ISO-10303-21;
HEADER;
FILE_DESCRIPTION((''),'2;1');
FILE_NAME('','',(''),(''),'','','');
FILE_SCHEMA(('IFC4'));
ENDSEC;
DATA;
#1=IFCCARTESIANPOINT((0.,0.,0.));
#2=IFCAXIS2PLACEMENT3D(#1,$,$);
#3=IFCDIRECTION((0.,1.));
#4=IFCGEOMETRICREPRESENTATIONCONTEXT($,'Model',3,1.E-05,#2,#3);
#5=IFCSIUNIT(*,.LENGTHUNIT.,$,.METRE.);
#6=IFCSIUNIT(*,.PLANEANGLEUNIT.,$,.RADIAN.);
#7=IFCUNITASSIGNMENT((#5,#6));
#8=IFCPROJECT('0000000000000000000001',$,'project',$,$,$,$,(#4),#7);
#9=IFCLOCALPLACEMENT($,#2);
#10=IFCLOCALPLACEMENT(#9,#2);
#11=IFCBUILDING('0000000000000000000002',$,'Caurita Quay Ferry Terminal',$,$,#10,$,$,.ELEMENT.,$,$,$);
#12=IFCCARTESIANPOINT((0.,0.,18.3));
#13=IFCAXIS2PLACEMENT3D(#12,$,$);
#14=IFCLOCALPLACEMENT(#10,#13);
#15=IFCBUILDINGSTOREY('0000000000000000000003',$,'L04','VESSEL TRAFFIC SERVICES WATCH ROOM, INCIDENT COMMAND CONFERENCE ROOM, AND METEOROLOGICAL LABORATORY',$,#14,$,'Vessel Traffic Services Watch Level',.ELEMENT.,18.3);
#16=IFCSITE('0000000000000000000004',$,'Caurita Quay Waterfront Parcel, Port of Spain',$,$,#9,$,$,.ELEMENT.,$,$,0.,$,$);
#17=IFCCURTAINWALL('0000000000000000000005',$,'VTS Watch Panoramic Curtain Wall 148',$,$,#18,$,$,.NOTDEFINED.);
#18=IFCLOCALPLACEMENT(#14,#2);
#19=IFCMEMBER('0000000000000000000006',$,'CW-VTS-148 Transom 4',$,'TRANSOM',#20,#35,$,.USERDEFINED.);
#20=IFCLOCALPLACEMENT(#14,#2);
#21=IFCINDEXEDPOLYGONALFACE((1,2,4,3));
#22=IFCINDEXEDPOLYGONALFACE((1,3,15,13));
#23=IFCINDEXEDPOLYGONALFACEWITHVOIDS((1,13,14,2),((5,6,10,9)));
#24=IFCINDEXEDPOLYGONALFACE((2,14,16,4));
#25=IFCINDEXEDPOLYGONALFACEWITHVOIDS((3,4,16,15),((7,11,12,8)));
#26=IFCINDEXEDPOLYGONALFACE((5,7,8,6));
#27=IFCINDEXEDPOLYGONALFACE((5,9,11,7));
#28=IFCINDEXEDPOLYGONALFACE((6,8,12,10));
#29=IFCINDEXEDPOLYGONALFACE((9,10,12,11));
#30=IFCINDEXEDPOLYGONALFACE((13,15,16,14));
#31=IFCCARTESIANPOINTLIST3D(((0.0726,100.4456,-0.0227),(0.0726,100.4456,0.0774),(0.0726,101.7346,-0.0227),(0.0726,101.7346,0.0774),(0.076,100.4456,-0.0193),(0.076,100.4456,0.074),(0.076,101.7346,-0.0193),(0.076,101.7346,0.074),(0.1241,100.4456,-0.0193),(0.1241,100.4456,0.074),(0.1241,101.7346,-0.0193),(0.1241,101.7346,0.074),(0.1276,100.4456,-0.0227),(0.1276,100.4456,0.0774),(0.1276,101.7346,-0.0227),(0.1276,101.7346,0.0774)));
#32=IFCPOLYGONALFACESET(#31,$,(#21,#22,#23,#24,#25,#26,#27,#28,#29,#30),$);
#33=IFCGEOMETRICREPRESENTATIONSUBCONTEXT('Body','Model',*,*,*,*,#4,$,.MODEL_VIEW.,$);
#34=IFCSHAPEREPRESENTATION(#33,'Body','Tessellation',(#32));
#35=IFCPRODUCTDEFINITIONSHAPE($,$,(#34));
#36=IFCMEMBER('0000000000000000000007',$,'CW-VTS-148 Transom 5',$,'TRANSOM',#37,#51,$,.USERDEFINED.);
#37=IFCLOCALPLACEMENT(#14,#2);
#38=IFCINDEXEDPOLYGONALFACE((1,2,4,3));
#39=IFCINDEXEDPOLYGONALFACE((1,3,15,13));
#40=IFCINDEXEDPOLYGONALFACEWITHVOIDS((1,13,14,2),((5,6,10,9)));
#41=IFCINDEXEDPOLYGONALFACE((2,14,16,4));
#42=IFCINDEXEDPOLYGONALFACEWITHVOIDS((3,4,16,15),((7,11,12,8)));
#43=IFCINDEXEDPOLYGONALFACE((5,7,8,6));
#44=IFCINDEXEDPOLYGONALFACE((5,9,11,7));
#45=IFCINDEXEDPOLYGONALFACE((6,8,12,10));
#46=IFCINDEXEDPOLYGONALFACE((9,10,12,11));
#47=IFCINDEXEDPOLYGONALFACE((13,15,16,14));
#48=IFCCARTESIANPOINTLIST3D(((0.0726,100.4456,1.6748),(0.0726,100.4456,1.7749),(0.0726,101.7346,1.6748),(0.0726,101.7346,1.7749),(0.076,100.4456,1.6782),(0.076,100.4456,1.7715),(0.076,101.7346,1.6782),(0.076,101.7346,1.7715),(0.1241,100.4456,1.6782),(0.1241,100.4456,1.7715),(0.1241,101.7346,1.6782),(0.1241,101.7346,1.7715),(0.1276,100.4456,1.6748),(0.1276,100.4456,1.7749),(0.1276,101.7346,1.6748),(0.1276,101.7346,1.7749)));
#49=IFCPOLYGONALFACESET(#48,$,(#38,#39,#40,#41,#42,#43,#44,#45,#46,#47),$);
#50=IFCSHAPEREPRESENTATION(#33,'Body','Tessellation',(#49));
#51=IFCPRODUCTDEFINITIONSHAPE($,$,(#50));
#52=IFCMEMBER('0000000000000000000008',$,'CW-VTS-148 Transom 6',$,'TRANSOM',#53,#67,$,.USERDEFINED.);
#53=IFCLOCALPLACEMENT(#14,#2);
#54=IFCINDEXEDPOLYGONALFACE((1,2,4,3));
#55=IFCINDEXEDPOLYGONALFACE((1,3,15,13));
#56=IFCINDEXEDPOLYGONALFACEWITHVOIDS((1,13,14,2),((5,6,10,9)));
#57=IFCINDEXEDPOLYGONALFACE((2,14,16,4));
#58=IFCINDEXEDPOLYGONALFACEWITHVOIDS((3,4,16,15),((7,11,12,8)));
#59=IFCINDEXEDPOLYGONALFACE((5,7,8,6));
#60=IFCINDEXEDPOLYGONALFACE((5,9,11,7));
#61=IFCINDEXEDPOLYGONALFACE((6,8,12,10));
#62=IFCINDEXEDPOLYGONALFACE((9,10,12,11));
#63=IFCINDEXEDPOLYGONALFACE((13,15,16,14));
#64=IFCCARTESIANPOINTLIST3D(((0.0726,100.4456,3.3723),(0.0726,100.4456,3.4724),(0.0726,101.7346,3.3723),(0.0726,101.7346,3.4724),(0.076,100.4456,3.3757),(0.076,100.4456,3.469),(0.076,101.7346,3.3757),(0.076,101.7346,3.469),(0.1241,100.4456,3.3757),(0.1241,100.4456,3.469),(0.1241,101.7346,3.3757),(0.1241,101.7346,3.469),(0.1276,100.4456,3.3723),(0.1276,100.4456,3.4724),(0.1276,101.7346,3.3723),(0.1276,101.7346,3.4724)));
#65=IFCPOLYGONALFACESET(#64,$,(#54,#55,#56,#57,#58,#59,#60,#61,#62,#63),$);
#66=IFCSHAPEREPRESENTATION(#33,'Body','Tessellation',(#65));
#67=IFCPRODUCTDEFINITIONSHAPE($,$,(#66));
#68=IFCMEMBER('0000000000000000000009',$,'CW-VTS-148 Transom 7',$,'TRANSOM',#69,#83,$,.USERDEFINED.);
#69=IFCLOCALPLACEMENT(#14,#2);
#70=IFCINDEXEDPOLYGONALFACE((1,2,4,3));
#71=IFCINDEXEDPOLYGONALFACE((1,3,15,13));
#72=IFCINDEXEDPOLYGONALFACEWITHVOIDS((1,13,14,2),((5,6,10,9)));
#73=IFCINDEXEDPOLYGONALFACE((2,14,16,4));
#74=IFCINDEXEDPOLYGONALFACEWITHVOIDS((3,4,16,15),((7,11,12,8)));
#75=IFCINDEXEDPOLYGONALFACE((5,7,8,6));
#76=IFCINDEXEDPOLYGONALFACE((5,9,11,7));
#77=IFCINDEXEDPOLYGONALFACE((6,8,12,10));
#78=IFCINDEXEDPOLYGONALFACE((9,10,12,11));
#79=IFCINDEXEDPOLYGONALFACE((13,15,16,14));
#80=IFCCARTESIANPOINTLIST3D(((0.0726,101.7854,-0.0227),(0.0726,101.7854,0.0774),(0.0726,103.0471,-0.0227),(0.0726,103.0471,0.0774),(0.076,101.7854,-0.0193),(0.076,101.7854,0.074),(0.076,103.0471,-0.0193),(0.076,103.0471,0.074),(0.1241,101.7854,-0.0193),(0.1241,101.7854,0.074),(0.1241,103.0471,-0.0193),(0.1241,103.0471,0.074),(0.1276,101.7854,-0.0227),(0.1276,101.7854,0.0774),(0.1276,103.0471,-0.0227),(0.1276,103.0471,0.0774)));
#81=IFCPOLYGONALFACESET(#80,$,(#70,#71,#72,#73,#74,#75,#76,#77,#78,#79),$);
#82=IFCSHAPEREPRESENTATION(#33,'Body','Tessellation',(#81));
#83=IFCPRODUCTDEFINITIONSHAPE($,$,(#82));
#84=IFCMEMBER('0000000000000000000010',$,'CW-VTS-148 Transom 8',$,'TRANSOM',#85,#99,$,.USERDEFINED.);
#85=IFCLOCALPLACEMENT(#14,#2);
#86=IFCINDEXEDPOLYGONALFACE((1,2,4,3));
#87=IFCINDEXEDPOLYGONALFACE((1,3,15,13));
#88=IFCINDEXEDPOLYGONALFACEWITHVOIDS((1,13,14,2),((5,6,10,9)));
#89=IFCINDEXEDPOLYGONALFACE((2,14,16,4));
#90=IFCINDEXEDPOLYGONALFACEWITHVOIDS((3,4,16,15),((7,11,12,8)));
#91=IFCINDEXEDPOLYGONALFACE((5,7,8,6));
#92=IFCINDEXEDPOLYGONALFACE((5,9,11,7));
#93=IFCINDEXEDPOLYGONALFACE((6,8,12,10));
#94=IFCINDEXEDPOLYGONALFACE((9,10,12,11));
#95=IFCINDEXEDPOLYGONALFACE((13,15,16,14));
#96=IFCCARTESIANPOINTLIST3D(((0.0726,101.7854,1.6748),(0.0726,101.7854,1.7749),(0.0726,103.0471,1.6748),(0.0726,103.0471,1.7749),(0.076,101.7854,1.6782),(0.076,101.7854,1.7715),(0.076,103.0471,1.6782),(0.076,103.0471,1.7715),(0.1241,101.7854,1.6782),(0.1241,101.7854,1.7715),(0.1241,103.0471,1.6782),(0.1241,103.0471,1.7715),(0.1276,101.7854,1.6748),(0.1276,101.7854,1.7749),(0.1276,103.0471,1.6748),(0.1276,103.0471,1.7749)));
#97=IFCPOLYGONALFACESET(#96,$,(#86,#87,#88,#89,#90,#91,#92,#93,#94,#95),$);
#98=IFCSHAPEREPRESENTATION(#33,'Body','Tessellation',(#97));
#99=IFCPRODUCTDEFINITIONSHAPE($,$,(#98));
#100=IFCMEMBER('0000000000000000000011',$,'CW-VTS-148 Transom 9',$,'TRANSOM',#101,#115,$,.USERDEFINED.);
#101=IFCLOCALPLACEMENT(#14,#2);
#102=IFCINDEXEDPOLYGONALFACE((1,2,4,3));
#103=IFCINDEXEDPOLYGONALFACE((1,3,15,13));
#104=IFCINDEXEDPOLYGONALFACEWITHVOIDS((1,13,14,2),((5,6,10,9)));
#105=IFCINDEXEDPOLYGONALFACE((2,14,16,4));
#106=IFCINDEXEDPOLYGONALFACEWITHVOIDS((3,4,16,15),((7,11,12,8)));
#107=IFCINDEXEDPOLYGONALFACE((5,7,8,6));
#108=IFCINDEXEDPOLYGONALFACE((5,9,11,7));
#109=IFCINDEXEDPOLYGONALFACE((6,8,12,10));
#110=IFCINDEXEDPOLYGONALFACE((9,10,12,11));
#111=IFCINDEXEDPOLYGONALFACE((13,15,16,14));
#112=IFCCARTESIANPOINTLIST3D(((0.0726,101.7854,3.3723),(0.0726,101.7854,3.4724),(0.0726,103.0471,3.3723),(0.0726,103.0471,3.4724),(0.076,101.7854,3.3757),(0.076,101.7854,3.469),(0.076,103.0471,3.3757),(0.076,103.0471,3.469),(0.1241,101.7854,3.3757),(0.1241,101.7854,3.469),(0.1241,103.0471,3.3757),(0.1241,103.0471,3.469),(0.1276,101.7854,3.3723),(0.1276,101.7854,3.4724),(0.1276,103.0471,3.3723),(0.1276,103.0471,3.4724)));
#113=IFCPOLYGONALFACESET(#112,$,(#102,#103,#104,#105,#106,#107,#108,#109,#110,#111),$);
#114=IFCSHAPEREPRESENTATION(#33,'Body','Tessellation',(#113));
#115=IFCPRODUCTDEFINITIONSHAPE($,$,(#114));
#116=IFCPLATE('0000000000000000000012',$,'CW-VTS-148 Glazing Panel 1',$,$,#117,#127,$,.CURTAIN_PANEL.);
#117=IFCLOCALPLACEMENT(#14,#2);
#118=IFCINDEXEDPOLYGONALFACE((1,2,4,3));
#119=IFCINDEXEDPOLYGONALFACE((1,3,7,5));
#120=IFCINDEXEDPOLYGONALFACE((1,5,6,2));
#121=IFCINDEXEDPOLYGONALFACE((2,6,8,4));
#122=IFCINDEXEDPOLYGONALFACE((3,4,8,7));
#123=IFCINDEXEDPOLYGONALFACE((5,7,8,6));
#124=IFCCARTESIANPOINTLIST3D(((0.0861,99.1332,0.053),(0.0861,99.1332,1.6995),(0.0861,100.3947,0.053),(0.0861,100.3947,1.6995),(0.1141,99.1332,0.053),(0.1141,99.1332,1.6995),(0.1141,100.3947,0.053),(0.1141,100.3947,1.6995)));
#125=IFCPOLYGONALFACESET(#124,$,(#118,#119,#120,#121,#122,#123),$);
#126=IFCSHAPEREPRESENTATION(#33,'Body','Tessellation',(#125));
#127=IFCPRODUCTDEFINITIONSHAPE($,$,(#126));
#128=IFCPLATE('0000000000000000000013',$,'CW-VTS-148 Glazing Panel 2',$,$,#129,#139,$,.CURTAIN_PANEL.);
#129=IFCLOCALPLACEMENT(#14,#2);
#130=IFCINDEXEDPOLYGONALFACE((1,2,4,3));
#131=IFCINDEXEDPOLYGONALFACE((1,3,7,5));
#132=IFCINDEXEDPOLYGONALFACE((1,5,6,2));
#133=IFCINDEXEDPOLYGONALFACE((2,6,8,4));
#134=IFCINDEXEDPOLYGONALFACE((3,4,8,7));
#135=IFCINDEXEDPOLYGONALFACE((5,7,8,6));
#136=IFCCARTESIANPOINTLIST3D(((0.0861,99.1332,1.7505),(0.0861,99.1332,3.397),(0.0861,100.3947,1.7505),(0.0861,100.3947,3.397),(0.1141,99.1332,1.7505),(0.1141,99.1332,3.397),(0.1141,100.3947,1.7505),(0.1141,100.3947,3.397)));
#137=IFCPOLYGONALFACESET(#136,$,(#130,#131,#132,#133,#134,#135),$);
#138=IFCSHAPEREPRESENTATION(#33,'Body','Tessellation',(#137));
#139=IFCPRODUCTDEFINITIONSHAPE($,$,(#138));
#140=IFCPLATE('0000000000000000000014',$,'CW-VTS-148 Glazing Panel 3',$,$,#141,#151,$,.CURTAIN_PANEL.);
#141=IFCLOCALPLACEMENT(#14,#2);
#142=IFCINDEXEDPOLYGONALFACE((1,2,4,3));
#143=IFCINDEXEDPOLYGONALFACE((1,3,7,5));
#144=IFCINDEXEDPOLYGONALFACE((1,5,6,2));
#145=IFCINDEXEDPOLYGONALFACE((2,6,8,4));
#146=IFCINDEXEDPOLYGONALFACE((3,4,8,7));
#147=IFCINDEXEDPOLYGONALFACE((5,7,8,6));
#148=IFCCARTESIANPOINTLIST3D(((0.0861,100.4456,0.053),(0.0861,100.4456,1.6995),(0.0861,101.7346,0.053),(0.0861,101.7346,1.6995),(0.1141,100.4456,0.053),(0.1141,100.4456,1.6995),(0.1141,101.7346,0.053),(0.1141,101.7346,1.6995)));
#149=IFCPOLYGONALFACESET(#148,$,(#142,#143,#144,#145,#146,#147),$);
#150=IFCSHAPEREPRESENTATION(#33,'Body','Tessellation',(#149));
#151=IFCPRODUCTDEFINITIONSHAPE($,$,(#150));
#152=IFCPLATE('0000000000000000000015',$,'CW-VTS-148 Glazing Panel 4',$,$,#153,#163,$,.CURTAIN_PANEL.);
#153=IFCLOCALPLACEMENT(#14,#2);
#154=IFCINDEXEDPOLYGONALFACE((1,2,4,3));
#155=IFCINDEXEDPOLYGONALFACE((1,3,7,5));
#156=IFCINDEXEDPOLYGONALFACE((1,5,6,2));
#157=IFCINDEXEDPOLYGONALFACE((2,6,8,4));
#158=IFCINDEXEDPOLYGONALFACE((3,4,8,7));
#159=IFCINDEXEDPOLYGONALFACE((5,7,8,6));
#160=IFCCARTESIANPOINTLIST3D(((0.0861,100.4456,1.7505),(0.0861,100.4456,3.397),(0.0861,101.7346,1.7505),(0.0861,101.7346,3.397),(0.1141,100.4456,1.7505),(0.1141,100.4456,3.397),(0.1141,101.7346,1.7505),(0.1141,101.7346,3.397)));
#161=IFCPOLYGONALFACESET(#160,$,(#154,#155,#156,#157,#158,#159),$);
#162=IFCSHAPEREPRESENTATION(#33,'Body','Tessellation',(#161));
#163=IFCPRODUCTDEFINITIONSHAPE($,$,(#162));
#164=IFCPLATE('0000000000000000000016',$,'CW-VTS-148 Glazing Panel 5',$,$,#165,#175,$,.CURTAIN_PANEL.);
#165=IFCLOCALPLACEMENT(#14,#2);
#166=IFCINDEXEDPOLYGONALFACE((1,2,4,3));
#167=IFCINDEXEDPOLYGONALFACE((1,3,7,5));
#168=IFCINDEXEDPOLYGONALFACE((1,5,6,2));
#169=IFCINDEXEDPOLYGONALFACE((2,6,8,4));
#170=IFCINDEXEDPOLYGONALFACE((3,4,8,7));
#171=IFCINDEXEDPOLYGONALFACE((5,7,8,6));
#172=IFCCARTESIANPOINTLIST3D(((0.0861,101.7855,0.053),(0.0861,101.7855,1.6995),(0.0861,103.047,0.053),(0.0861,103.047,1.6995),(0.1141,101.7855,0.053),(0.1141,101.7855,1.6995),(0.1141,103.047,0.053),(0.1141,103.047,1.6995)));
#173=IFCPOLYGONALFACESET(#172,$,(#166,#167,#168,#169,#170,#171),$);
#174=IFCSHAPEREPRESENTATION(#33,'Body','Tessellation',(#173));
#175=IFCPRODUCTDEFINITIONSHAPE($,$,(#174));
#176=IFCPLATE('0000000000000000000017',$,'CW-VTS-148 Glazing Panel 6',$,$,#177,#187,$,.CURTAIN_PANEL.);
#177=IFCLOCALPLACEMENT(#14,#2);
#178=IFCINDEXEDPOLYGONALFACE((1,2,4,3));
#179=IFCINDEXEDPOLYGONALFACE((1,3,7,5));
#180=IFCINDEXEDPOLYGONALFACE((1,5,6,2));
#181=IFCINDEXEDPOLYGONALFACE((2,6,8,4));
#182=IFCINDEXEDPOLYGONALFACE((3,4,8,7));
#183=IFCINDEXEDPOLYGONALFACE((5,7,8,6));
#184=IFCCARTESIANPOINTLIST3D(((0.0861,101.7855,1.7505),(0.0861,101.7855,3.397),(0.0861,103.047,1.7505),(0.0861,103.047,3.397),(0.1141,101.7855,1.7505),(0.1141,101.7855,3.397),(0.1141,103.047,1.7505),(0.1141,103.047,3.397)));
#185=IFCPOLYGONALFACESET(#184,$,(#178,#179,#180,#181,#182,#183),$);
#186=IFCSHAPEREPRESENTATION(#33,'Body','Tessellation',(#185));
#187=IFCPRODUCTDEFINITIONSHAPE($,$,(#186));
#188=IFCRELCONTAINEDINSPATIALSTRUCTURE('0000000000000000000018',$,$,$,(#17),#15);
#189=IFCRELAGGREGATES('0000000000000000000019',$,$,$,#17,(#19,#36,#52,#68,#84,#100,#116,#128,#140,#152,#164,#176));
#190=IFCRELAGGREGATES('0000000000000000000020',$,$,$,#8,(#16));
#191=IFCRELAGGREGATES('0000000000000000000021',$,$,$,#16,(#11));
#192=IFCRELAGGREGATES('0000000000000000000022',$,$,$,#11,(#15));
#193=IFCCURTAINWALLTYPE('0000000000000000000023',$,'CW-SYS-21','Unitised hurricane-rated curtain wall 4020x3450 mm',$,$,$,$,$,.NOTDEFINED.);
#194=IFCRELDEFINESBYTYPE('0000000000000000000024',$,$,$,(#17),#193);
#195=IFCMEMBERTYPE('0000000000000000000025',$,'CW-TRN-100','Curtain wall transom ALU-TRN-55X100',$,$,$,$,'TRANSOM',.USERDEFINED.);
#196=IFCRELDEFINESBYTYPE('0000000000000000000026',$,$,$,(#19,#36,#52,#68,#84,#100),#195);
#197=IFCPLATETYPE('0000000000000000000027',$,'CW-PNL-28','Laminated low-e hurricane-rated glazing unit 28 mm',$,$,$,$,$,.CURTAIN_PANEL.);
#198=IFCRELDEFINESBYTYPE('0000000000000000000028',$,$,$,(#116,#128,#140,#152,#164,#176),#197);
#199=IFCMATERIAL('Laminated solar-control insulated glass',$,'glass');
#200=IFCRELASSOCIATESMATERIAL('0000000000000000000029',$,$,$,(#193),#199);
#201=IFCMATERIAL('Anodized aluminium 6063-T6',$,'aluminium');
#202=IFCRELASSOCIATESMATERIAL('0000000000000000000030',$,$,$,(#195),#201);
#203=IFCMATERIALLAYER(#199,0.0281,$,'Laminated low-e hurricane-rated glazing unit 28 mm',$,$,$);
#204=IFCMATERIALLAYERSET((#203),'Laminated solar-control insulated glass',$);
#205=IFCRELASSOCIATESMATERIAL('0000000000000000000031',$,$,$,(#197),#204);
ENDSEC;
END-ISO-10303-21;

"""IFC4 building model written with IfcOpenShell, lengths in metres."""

from ifc_helpers import new_model, si_unit, direction, frame, origin, origin_2d, place, context, subcontext, project, spatial, rectangle, hollow_rectangle, extrude, material, layer, layer_set, material_profile, profile_set, type_object, element, aggregate, save


model = new_model("IFC4")

# Units and contexts
model_context = context("Model", 3, precision=1e-05, world=origin(), true_north=direction((0.0, 1.0)))
body_context = subcontext(model_context, "Body", "Model", "MODEL_VIEW")
ifc_project = project(units=[si_unit("LENGTHUNIT", "METRE"), si_unit("PLANEANGLEUNIT", "RADIAN")], contexts=[model_context])

# Site, building, storey
site_placement = place(None, origin())
site = spatial("IfcSite", under=ifc_project, at=site_placement, Name="Caurita Quay Waterfront Parcel, Port of Spain", CompositionType="ELEMENT", RefElevation=0.0)
building_placement = place(site_placement, origin())
building = spatial("IfcBuilding", under=site, at=building_placement, Name="Caurita Quay Ferry Terminal", CompositionType="ELEMENT")
storey_placement = place(building_placement, frame((0.0, 0.0, 18.3)))
storey = spatial("IfcBuildingStorey", under=building, at=storey_placement, Name="L04", Description="VESSEL TRAFFIC SERVICES WATCH ROOM, INCIDENT COMMAND CONFERENCE ROOM, AND METEOROLOGICAL LABORATORY", LongName="Vessel Traffic Services Watch Level", CompositionType="ELEMENT", Elevation=18.3)

# Curtain wall, members, plates
ifc_material_1 = material(Name="Laminated solar-control insulated glass", Category="glass")
curtain_wall_type = type_object("IfcCurtainWallType", Name="CW-SYS-21", Description="Unitised hurricane-rated curtain wall 4020x3450 mm", PredefinedType="NOTDEFINED", material=ifc_material_1)
curtain_wall_placement = place(storey_placement, origin())
curtain_wall = element("IfcCurtainWall", 1, at=curtain_wall_placement, inside=storey, type_object=curtain_wall_type, Name="VTS Watch Panoramic Curtain Wall 148", PredefinedType="NOTDEFINED")
ifc_material_2 = material(Name="Anodized aluminium 6063-T6", Category="aluminium")
ifc_material_profile_1 = material_profile(ifc_material_2, hollow_rectangle(XDim=0.0549, YDim=0.1001, WallThickness=0.0034, at=origin_2d()), Name="ALU-TRN-55X100")
ifc_profile_set_1 = profile_set([ifc_material_profile_1], Name="Anodized aluminium 6063-T6")
member_type_1 = type_object("IfcMemberType", Name="CW-TRN-100", Description="Curtain wall transom ALU-TRN-55X100", ElementType="TRANSOM", PredefinedType="USERDEFINED", material=ifc_profile_set_1)
member_1_placement = place(storey_placement, frame((0.1001, 100.4456, 0.0273), z_axis=(0.0, 1.0, 0.0), x_axis=(-1.0, 0.0, 0.0)))
member_1 = element("IfcMember", 2, at=member_1_placement, type_object=member_type_1, Name="CW-VTS-148 Transom 4", ObjectType="TRANSOM", PredefinedType="USERDEFINED", context=body_context, shape_type="SweptSolid", body=[
    extrude(hollow_rectangle(XDim=0.0549, YDim=0.1001, WallThickness=0.0034, at=origin_2d()), origin(), (0.0, 0.0, 1.0), 1.2891),
])
member_2_placement = place(storey_placement, frame((0.1001, 100.4456, 1.7249), z_axis=(0.0, 1.0, 0.0), x_axis=(-1.0, 0.0, 0.0)))
member_2 = element("IfcMember", 3, at=member_2_placement, type_object=member_type_1, Name="CW-VTS-148 Transom 5", ObjectType="TRANSOM", PredefinedType="USERDEFINED", context=body_context, shape_type="SweptSolid", body=[
    extrude(hollow_rectangle(XDim=0.0549, YDim=0.1001, WallThickness=0.0034, at=origin_2d()), origin(), (0.0, 0.0, 1.0), 1.2891),
])
member_3_placement = place(storey_placement, frame((0.1001, 100.4456, 3.4224), z_axis=(0.0, 1.0, 0.0), x_axis=(-1.0, 0.0, 0.0)))
member_3 = element("IfcMember", 4, at=member_3_placement, type_object=member_type_1, Name="CW-VTS-148 Transom 6", ObjectType="TRANSOM", PredefinedType="USERDEFINED", context=body_context, shape_type="SweptSolid", body=[
    extrude(hollow_rectangle(XDim=0.0549, YDim=0.1001, WallThickness=0.0034, at=origin_2d()), origin(), (0.0, 0.0, 1.0), 1.2891),
])
member_4_placement = place(storey_placement, frame((0.1001, 101.7854, 0.0273), z_axis=(0.0, 1.0, 0.0), x_axis=(-1.0, 0.0, 0.0)))
member_4 = element("IfcMember", 5, at=member_4_placement, type_object=member_type_1, Name="CW-VTS-148 Transom 7", ObjectType="TRANSOM", PredefinedType="USERDEFINED", context=body_context, shape_type="SweptSolid", body=[
    extrude(hollow_rectangle(XDim=0.0549, YDim=0.1001, WallThickness=0.0034, at=origin_2d()), origin(), (0.0, 0.0, 1.0), 1.2617),
])
member_5_placement = place(storey_placement, frame((0.1001, 101.7854, 1.7249), z_axis=(0.0, 1.0, 0.0), x_axis=(-1.0, 0.0, 0.0)))
member_5 = element("IfcMember", 6, at=member_5_placement, type_object=member_type_1, Name="CW-VTS-148 Transom 8", ObjectType="TRANSOM", PredefinedType="USERDEFINED", context=body_context, shape_type="SweptSolid", body=[
    extrude(hollow_rectangle(XDim=0.0549, YDim=0.1001, WallThickness=0.0034, at=origin_2d()), origin(), (0.0, 0.0, 1.0), 1.2617),
])
member_6_placement = place(storey_placement, frame((0.1001, 101.7854, 3.4224), z_axis=(0.0, 1.0, 0.0), x_axis=(-1.0, 0.0, 0.0)))
member_6 = element("IfcMember", 7, at=member_6_placement, type_object=member_type_1, Name="CW-VTS-148 Transom 9", ObjectType="TRANSOM", PredefinedType="USERDEFINED", context=body_context, shape_type="SweptSolid", body=[
    extrude(hollow_rectangle(XDim=0.0549, YDim=0.1001, WallThickness=0.0034, at=origin_2d()), origin(), (0.0, 0.0, 1.0), 1.2617),
])
ifc_layer_1 = layer(ifc_material_1, 0.0281, Name="Laminated low-e hurricane-rated glazing unit 28 mm")
ifc_layer_set_1 = layer_set([ifc_layer_1], Name="Laminated solar-control insulated glass")
plate_type = type_object("IfcPlateType", Name="CW-PNL-28", Description="Laminated low-e hurricane-rated glazing unit 28 mm", PredefinedType="CURTAIN_PANEL", material=ifc_layer_set_1)
plate_1_placement = place(storey_placement, frame((0.1001, 99.7639, 0.053), z_axis=(0.0, 0.0, 1.0), x_axis=(0.0, 1.0, 0.0)))
plate_1 = element("IfcPlate", 8, at=plate_1_placement, type_object=plate_type, Name="CW-VTS-148 Glazing Panel 1", PredefinedType="CURTAIN_PANEL", context=body_context, shape_type="SweptSolid", body=[
    extrude(rectangle(XDim=1.2615, YDim=0.0281, at=origin_2d()), origin(), (0.0, 0.0, 1.0), 1.6465),
])
plate_2_placement = place(storey_placement, frame((0.1001, 99.7639, 1.7505), z_axis=(0.0, 0.0, 1.0), x_axis=(0.0, 1.0, 0.0)))
plate_2 = element("IfcPlate", 9, at=plate_2_placement, type_object=plate_type, Name="CW-VTS-148 Glazing Panel 2", PredefinedType="CURTAIN_PANEL", context=body_context, shape_type="SweptSolid", body=[
    extrude(rectangle(XDim=1.2615, YDim=0.0281, at=origin_2d()), origin(), (0.0, 0.0, 1.0), 1.6465),
])
plate_3_placement = place(storey_placement, frame((0.1001, 101.0901, 0.053), z_axis=(0.0, 0.0, 1.0), x_axis=(0.0, 1.0, 0.0)))
plate_3 = element("IfcPlate", 10, at=plate_3_placement, type_object=plate_type, Name="CW-VTS-148 Glazing Panel 3", PredefinedType="CURTAIN_PANEL", context=body_context, shape_type="SweptSolid", body=[
    extrude(rectangle(XDim=1.2891, YDim=0.0281, at=origin_2d()), origin(), (0.0, 0.0, 1.0), 1.6465),
])
plate_4_placement = place(storey_placement, frame((0.1001, 101.0901, 1.7505), z_axis=(0.0, 0.0, 1.0), x_axis=(0.0, 1.0, 0.0)))
plate_4 = element("IfcPlate", 11, at=plate_4_placement, type_object=plate_type, Name="CW-VTS-148 Glazing Panel 4", PredefinedType="CURTAIN_PANEL", context=body_context, shape_type="SweptSolid", body=[
    extrude(rectangle(XDim=1.2891, YDim=0.0281, at=origin_2d()), origin(), (0.0, 0.0, 1.0), 1.6465),
])
plate_5_placement = place(storey_placement, frame((0.1001, 102.4163, 0.053), z_axis=(0.0, 0.0, 1.0), x_axis=(0.0, 1.0, 0.0)))
plate_5 = element("IfcPlate", 12, at=plate_5_placement, type_object=plate_type, Name="CW-VTS-148 Glazing Panel 5", PredefinedType="CURTAIN_PANEL", context=body_context, shape_type="SweptSolid", body=[
    extrude(rectangle(XDim=1.2615, YDim=0.0281, at=origin_2d()), origin(), (0.0, 0.0, 1.0), 1.6465),
])
plate_6_placement = place(storey_placement, frame((0.1001, 102.4163, 1.7505), z_axis=(0.0, 0.0, 1.0), x_axis=(0.0, 1.0, 0.0)))
plate_6 = element("IfcPlate", 13, at=plate_6_placement, type_object=plate_type, Name="CW-VTS-148 Glazing Panel 6", PredefinedType="CURTAIN_PANEL", context=body_context, shape_type="SweptSolid", body=[
    extrude(rectangle(XDim=1.2615, YDim=0.0281, at=origin_2d()), origin(), (0.0, 0.0, 1.0), 1.6465),
])
aggregate(curtain_wall, [member_1, member_2, member_3, member_4, member_5, member_6, plate_1, plate_2, plate_3, plate_4, plate_5, plate_6])

save(model, "model.ifc")
